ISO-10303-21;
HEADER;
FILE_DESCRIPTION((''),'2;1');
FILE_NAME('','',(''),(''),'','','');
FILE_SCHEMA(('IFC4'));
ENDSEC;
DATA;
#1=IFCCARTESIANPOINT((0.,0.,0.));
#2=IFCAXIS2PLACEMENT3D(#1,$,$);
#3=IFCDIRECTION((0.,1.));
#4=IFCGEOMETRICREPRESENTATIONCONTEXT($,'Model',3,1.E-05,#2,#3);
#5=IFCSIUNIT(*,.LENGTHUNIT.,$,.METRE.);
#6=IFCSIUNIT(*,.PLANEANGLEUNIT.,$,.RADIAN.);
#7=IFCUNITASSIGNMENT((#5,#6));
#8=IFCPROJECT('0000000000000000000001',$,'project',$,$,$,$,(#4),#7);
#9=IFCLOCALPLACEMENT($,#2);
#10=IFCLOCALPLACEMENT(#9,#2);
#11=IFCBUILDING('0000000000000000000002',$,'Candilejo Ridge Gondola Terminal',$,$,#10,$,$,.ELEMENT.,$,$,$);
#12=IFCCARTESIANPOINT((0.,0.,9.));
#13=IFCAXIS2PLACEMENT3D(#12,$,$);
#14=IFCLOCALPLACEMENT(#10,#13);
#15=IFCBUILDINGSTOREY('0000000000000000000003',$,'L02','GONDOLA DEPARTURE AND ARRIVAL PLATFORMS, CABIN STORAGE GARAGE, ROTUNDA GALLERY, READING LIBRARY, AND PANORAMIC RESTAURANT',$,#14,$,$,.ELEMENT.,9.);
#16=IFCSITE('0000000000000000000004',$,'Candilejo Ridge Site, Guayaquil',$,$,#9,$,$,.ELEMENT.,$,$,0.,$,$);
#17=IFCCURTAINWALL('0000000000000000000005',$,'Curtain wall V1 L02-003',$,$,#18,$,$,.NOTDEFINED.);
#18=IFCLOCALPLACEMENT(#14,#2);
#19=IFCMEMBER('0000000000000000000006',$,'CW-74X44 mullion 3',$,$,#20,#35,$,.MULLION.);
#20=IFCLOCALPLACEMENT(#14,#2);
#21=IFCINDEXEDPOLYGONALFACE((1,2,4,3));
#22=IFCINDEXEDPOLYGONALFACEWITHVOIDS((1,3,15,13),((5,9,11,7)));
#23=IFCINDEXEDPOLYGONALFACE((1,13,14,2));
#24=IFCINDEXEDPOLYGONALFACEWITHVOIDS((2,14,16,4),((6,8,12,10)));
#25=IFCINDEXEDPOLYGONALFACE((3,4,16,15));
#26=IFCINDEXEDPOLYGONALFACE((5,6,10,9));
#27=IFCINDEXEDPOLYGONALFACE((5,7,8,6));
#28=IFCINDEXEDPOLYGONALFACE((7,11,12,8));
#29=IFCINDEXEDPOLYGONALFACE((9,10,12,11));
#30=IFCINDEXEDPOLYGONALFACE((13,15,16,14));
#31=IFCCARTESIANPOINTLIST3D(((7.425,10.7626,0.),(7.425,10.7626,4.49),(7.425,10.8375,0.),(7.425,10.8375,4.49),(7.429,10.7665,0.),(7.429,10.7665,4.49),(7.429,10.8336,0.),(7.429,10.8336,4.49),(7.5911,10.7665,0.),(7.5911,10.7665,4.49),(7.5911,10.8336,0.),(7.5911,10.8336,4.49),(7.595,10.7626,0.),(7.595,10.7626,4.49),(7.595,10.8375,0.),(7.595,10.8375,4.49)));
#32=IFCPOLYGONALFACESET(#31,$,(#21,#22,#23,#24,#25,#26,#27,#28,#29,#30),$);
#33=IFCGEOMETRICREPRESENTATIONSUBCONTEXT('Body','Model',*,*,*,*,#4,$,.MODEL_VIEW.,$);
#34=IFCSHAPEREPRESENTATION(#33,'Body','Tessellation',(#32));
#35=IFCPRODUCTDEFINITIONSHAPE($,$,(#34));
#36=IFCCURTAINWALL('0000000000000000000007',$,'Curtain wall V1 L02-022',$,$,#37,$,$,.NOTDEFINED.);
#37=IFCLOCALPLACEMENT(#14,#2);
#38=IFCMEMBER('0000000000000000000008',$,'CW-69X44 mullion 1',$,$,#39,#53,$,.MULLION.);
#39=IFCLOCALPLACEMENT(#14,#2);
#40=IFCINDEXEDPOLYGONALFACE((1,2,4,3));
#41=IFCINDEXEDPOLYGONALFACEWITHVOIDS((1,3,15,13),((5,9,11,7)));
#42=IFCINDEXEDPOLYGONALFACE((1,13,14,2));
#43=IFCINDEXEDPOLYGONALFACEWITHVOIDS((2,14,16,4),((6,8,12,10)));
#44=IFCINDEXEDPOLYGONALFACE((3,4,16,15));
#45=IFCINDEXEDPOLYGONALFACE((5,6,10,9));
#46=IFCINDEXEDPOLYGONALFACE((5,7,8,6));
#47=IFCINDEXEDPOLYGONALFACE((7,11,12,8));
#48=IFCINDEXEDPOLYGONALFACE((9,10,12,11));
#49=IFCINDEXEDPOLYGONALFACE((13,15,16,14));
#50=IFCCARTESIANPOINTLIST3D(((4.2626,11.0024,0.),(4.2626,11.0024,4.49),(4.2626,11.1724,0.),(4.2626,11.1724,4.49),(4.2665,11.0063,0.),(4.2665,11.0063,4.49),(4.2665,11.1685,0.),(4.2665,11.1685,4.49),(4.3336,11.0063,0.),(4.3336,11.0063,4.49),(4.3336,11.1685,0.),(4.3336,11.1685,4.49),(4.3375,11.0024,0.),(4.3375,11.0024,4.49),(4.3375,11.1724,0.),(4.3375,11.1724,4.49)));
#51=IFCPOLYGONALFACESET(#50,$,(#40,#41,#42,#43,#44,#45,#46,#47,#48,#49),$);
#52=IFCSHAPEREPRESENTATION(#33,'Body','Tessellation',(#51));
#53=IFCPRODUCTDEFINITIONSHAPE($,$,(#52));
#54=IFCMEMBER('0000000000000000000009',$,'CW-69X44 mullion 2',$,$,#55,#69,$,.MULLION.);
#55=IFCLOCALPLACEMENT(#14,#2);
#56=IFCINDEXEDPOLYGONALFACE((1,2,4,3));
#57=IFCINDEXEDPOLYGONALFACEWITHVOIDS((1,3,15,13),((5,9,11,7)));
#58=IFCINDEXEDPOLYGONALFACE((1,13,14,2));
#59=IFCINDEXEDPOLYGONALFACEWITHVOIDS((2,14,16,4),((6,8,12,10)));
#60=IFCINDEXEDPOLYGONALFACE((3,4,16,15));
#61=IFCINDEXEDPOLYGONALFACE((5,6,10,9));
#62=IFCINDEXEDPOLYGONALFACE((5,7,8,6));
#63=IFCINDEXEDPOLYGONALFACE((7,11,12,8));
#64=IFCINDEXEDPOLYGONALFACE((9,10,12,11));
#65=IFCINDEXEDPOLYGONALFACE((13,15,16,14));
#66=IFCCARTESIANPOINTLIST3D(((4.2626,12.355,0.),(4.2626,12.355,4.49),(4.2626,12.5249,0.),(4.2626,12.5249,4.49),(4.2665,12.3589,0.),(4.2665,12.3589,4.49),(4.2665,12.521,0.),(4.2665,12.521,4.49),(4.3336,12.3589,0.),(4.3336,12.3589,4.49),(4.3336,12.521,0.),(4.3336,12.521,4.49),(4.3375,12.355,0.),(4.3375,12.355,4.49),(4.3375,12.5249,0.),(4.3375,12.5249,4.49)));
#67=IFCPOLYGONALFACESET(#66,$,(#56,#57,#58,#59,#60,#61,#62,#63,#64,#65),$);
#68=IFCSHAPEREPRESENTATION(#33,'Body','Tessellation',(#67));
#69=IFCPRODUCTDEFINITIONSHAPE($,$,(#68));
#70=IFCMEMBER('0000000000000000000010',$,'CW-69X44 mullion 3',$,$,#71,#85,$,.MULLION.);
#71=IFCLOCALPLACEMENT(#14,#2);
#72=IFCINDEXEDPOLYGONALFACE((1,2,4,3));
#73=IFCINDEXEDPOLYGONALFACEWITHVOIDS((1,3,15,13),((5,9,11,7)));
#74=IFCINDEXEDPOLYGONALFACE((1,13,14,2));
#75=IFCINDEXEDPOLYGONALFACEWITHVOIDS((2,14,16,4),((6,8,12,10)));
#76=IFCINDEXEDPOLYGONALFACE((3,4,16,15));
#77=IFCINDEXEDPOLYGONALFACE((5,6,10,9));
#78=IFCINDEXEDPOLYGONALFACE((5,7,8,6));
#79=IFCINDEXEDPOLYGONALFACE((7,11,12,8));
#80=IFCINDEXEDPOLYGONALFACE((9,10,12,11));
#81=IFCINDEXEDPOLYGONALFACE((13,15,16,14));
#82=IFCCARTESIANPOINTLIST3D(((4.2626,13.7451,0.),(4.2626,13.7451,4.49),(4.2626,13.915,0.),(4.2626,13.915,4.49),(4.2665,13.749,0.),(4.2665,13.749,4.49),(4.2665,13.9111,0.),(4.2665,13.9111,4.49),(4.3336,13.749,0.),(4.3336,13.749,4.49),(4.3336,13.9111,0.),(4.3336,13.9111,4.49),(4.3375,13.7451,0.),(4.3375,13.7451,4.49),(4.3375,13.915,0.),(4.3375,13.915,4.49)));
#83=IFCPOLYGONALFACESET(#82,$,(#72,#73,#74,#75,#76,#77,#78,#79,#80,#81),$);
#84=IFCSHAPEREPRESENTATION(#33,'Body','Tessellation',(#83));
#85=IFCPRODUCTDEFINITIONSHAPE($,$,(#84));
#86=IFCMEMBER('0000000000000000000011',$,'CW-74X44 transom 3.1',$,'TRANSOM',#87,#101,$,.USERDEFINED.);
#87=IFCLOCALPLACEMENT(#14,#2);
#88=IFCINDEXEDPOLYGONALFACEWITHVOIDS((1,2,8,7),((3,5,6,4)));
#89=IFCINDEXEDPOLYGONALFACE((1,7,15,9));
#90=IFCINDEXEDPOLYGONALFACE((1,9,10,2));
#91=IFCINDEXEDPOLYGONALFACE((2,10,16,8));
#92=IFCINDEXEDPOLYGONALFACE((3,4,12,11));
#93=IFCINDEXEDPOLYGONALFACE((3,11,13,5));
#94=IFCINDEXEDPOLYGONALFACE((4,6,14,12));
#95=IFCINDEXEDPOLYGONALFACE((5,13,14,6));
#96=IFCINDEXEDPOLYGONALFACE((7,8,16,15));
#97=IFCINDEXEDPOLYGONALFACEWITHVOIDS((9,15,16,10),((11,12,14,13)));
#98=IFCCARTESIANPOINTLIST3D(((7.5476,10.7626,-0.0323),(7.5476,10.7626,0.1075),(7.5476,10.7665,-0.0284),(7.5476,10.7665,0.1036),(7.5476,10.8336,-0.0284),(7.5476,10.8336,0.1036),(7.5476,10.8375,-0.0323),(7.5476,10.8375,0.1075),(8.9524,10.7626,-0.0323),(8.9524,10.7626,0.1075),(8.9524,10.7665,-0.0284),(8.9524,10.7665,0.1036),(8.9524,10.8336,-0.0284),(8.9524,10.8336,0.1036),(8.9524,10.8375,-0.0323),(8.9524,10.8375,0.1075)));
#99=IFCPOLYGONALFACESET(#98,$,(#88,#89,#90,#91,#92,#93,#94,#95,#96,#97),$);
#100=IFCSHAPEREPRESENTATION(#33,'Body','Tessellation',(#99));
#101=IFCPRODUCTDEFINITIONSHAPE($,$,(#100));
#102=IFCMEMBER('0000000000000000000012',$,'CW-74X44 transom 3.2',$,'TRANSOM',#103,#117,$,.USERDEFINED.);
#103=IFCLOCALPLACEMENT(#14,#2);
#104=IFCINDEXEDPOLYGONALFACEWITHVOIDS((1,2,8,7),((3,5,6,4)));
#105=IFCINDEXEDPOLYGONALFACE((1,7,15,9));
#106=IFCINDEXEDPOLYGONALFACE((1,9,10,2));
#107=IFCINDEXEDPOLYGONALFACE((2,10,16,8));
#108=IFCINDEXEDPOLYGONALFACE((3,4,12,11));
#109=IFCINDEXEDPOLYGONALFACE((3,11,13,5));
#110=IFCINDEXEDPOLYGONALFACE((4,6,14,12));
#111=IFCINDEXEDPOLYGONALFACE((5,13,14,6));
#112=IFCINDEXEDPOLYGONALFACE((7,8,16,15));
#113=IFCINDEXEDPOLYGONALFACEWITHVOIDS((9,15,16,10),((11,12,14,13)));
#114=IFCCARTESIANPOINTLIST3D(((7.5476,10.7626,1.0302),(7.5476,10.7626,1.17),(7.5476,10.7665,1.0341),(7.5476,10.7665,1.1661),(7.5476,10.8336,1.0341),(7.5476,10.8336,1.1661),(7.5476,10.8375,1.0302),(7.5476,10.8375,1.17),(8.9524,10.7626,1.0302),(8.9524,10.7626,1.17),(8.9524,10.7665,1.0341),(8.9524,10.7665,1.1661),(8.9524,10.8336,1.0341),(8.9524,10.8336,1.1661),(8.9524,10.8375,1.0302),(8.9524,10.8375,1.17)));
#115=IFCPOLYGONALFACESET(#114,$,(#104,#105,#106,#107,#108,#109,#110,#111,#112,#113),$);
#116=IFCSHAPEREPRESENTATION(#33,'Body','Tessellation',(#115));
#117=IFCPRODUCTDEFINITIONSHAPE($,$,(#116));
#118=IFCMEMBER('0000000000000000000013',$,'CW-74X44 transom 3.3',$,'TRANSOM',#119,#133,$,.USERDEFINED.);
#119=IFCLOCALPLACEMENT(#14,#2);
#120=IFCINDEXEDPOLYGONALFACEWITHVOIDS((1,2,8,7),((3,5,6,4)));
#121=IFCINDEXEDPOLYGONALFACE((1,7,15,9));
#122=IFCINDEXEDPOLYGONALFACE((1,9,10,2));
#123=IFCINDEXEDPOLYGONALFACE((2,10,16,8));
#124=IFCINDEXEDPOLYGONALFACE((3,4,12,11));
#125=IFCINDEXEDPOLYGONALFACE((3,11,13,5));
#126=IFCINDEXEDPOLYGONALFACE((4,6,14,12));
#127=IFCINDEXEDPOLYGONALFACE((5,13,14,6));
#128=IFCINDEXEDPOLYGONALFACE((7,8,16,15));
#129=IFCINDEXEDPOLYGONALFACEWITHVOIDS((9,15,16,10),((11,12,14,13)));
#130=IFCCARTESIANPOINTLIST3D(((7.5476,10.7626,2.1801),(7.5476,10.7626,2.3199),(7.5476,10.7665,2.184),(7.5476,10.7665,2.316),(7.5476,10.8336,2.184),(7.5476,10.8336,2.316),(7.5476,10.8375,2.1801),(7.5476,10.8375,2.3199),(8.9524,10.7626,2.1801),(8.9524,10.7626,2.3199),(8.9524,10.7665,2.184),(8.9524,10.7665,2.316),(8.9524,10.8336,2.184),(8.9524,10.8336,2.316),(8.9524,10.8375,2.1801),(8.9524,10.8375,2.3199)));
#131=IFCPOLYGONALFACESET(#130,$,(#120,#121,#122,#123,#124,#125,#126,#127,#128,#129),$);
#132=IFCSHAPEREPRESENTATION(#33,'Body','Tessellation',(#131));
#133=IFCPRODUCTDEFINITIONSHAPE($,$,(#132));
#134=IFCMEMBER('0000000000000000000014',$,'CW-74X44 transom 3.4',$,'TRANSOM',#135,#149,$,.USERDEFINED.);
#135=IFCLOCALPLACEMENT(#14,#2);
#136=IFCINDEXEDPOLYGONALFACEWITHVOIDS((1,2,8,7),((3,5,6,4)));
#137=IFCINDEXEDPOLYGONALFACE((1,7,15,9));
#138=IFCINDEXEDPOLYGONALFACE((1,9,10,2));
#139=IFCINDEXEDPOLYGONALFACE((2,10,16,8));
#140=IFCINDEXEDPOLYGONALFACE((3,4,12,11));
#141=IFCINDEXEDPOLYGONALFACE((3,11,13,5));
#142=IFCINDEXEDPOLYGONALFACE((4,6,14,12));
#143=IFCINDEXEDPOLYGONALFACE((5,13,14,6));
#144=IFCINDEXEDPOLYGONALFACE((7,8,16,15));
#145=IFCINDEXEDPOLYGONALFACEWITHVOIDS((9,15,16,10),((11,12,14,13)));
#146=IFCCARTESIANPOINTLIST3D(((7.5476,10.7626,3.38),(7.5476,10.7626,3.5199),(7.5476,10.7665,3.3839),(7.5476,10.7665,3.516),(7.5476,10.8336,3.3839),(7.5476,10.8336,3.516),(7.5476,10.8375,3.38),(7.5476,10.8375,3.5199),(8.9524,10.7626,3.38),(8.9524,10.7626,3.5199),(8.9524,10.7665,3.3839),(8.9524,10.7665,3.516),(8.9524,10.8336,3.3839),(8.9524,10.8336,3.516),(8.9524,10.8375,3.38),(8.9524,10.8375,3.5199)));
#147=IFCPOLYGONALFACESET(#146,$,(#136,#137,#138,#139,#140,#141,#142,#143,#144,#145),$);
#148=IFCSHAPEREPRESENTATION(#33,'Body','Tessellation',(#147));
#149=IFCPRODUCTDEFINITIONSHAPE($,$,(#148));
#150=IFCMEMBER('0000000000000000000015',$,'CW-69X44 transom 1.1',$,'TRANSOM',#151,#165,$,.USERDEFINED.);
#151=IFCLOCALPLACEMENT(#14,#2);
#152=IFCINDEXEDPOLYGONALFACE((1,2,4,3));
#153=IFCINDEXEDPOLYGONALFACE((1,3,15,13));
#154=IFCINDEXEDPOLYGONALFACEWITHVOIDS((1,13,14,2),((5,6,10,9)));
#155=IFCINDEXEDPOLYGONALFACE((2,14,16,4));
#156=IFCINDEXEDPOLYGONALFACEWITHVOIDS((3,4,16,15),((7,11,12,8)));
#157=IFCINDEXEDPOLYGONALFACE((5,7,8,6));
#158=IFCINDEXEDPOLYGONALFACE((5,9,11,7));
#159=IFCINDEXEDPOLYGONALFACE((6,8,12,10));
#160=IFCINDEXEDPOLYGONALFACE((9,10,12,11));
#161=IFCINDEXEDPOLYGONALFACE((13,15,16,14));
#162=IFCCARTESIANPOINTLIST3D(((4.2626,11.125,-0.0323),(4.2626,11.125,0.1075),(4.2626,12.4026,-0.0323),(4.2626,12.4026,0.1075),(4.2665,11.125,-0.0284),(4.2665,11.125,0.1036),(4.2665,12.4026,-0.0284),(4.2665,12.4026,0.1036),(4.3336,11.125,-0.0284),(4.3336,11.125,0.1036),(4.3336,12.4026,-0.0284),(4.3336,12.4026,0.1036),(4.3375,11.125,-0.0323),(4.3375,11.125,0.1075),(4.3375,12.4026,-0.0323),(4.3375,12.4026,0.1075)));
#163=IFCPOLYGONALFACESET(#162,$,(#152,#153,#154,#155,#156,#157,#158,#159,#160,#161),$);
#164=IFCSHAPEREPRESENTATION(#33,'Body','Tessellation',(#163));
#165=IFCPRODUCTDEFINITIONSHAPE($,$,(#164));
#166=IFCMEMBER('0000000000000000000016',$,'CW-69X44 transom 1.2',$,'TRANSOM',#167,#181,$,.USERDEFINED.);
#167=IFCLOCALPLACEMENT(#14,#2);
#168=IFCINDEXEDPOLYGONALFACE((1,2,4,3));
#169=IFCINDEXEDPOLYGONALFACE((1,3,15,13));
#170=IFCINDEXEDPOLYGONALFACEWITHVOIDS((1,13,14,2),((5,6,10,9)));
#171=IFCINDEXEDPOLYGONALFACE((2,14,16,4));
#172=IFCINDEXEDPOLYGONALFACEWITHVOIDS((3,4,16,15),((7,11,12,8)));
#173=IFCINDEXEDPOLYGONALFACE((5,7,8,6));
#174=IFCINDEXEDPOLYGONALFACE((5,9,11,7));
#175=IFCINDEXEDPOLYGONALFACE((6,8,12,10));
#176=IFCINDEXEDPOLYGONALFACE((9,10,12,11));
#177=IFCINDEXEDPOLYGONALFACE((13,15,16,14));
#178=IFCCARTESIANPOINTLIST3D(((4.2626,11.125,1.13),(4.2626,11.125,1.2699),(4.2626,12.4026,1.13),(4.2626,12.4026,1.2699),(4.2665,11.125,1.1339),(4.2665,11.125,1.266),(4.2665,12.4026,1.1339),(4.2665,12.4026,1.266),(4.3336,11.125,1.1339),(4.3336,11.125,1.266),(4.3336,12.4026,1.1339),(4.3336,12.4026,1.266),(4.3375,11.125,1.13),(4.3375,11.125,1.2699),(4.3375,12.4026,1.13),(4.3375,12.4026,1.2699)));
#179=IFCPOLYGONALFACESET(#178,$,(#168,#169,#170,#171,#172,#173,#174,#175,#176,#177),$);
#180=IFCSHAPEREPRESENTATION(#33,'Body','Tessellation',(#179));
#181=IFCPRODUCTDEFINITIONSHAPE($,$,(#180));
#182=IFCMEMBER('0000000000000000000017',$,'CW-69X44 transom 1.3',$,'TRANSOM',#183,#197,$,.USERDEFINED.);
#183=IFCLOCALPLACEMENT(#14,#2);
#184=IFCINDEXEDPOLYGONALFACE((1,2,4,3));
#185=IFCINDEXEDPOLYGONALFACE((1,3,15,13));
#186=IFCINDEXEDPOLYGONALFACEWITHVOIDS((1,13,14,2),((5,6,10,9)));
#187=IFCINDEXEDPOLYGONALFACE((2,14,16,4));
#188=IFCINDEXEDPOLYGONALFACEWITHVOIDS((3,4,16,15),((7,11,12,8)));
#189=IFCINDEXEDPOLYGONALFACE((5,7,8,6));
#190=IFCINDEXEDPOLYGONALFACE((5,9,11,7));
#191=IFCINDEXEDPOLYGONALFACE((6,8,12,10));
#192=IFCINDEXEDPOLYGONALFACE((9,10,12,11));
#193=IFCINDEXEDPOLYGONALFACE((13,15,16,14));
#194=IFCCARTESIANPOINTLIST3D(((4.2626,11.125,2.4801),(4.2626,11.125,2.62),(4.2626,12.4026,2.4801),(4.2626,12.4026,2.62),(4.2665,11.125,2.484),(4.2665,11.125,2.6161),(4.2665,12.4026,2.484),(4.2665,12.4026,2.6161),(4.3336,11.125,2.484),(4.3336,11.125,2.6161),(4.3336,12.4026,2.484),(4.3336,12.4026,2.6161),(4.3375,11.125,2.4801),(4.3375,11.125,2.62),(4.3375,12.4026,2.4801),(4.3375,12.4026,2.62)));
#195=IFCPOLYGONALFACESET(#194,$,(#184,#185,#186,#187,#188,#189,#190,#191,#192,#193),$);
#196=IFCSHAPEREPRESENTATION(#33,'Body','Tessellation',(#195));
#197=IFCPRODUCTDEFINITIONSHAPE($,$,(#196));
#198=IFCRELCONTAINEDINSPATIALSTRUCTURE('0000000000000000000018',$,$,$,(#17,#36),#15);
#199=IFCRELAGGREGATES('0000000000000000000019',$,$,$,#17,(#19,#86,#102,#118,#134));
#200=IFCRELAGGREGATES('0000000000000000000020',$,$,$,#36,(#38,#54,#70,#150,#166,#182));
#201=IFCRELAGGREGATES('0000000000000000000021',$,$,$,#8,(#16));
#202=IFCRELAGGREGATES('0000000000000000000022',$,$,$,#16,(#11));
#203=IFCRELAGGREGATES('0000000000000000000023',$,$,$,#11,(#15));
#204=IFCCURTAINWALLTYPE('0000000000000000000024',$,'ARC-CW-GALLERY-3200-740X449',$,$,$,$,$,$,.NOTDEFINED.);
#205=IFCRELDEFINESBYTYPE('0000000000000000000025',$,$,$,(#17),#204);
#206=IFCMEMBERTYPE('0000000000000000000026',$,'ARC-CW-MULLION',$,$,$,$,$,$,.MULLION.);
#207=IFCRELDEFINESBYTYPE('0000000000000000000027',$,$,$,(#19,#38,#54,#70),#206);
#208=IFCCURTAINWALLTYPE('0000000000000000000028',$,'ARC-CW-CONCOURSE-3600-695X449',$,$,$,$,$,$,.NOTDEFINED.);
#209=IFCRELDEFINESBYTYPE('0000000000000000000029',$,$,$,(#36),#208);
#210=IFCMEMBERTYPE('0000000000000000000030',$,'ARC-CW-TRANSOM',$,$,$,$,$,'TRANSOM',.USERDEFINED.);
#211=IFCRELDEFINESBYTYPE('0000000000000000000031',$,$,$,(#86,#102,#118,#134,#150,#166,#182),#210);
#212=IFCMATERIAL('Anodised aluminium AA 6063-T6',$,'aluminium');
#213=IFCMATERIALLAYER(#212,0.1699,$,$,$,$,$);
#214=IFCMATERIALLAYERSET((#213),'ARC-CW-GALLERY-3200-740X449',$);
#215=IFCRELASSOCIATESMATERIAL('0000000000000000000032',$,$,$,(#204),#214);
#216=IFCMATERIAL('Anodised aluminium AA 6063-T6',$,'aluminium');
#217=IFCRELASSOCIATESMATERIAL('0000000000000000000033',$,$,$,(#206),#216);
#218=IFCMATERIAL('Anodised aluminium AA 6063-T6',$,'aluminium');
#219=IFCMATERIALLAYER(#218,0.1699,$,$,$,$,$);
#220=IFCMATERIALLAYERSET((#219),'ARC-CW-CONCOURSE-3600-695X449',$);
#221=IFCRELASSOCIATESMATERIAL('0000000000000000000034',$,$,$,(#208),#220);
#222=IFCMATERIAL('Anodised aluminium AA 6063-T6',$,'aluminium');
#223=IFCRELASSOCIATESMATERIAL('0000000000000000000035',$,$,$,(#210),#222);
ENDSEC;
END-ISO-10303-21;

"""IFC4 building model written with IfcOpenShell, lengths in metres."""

from ifc_helpers import new_model, si_unit, direction, frame, origin, origin_2d, place, context, subcontext, project, spatial, hollow_rectangle, extrude, material, layer, layer_set, material_profile, profile_set, type_object, element, aggregate, save


model = new_model("IFC4")

# Units and contexts
model_context = context("Model", 3, precision=1e-05, world=origin(), true_north=direction((0.0, 1.0)))
body_context = subcontext(model_context, "Body", "Model", "MODEL_VIEW")
ifc_project = project(units=[si_unit("LENGTHUNIT", "METRE"), si_unit("PLANEANGLEUNIT", "RADIAN")], contexts=[model_context])

# Site, building, storey
site_placement = place(None, origin())
site = spatial("IfcSite", under=ifc_project, at=site_placement, Name="Candilejo Ridge Site, Guayaquil", CompositionType="ELEMENT", RefElevation=0.0)
building_placement = place(site_placement, origin())
building = spatial("IfcBuilding", under=site, at=building_placement, Name="Candilejo Ridge Gondola Terminal", CompositionType="ELEMENT")
storey_placement = place(building_placement, frame((0.0, 0.0, 9.0)))
storey = spatial("IfcBuildingStorey", under=building, at=storey_placement, Name="L02", Description="GONDOLA DEPARTURE AND ARRIVAL PLATFORMS, CABIN STORAGE GARAGE, ROTUNDA GALLERY, READING LIBRARY, AND PANORAMIC RESTAURANT", CompositionType="ELEMENT", Elevation=9.0)

# Curtain wall, member
ifc_material_1 = material(Name="Anodised aluminium AA 6063-T6", Category="aluminium")
ifc_layer_1 = layer(ifc_material_1, 0.1699)
ifc_layer_set_1 = layer_set([ifc_layer_1], Name="ARC-CW-GALLERY-3200-740X449")
curtain_wall_type_1 = type_object("IfcCurtainWallType", Name="ARC-CW-GALLERY-3200-740X449", PredefinedType="NOTDEFINED", material=ifc_layer_set_1)
curtain_wall_1_placement = place(storey_placement, origin())
curtain_wall_1 = element("IfcCurtainWall", 1, at=curtain_wall_1_placement, inside=storey, type_object=curtain_wall_type_1, Name="Curtain wall V1 L02-003", PredefinedType="NOTDEFINED")
ifc_material_2 = material(Name="Anodised aluminium AA 6063-T6", Category="aluminium")
ifc_material_profile_1 = material_profile(ifc_material_2, hollow_rectangle(XDim=0.075, YDim=0.1699, WallThickness=0.0039, at=origin_2d()))
ifc_profile_set_1 = profile_set([ifc_material_profile_1], Name="Anodised aluminium AA 6063-T6")
member_type_1 = type_object("IfcMemberType", Name="ARC-CW-MULLION", PredefinedType="MULLION", material=ifc_profile_set_1)
member_1_placement = place(storey_placement, frame((7.51, 10.8, 0.0), z_axis=(0.0, 0.0, 1.0), x_axis=(0.0, 1.0, 0.0)))
member_1 = element("IfcMember", 2, at=member_1_placement, type_object=member_type_1, Name="CW-74X44 mullion 3", PredefinedType="MULLION", context=body_context, shape_type="SweptSolid", body=[
    extrude(hollow_rectangle(XDim=0.075, YDim=0.1699, WallThickness=0.0039, at=origin_2d()), origin(), (0.0, 0.0, 1.0), 4.49),
])

# Curtain wall, members
ifc_material_3 = material(Name="Anodised aluminium AA 6063-T6", Category="aluminium")
ifc_layer_2 = layer(ifc_material_3, 0.1699)
ifc_layer_set_2 = layer_set([ifc_layer_2], Name="ARC-CW-CONCOURSE-3600-695X449")
curtain_wall_type_2 = type_object("IfcCurtainWallType", Name="ARC-CW-CONCOURSE-3600-695X449", PredefinedType="NOTDEFINED", material=ifc_layer_set_2)
curtain_wall_2_placement = place(storey_placement, origin())
curtain_wall_2 = element("IfcCurtainWall", 3, at=curtain_wall_2_placement, inside=storey, type_object=curtain_wall_type_2, Name="Curtain wall V1 L02-022", PredefinedType="NOTDEFINED")
member_2_placement = place(storey_placement, frame((4.3, 11.0874, 0.0), z_axis=(0.0, 0.0, 1.0), x_axis=(-1.0, 0.0, 0.0)))
member_2 = element("IfcMember", 4, at=member_2_placement, type_object=member_type_1, Name="CW-69X44 mullion 1", PredefinedType="MULLION", context=body_context, shape_type="SweptSolid", body=[
    extrude(hollow_rectangle(XDim=0.075, YDim=0.1699, WallThickness=0.0039, at=origin_2d()), origin(), (0.0, 0.0, 1.0), 4.49),
])
member_3_placement = place(storey_placement, frame((4.3, 12.4399, 0.0), z_axis=(0.0, 0.0, 1.0), x_axis=(-1.0, 0.0, 0.0)))
member_3 = element("IfcMember", 5, at=member_3_placement, type_object=member_type_1, Name="CW-69X44 mullion 2", PredefinedType="MULLION", context=body_context, shape_type="SweptSolid", body=[
    extrude(hollow_rectangle(XDim=0.075, YDim=0.1699, WallThickness=0.0039, at=origin_2d()), origin(), (0.0, 0.0, 1.0), 4.49),
])
member_4_placement = place(storey_placement, frame((4.3, 13.8301, 0.0), z_axis=(0.0, 0.0, 1.0), x_axis=(-1.0, 0.0, 0.0)))
member_4 = element("IfcMember", 6, at=member_4_placement, type_object=member_type_1, Name="CW-69X44 mullion 3", PredefinedType="MULLION", context=body_context, shape_type="SweptSolid", body=[
    extrude(hollow_rectangle(XDim=0.075, YDim=0.1699, WallThickness=0.0039, at=origin_2d()), origin(), (0.0, 0.0, 1.0), 4.49),
])

# Members
ifc_material_4 = material(Name="Anodised aluminium AA 6063-T6", Category="aluminium")
ifc_material_profile_2 = material_profile(ifc_material_4, hollow_rectangle(XDim=0.075, YDim=0.1399, WallThickness=0.0039, at=origin_2d()))
ifc_profile_set_2 = profile_set([ifc_material_profile_2], Name="Anodised aluminium AA 6063-T6")
member_type_2 = type_object("IfcMemberType", Name="ARC-CW-TRANSOM", ElementType="TRANSOM", PredefinedType="USERDEFINED", material=ifc_profile_set_2)
member_5_placement = place(storey_placement, frame((7.5476, 10.8, 0.0376), z_axis=(1.0, 0.0, 0.0), x_axis=(0.0, 1.0, 0.0)))
member_5 = element("IfcMember", 7, at=member_5_placement, type_object=member_type_2, Name="CW-74X44 transom 3.1", ObjectType="TRANSOM", PredefinedType="USERDEFINED", context=body_context, shape_type="SweptSolid", body=[
    extrude(hollow_rectangle(XDim=0.075, YDim=0.1399, WallThickness=0.0039, at=origin_2d()), origin(), (0.0, 0.0, 1.0), 1.4048),
])
member_6_placement = place(storey_placement, frame((7.5476, 10.8, 1.1001), z_axis=(1.0, 0.0, 0.0), x_axis=(0.0, 1.0, 0.0)))
member_6 = element("IfcMember", 8, at=member_6_placement, type_object=member_type_2, Name="CW-74X44 transom 3.2", ObjectType="TRANSOM", PredefinedType="USERDEFINED", context=body_context, shape_type="SweptSolid", body=[
    extrude(hollow_rectangle(XDim=0.075, YDim=0.1399, WallThickness=0.0039, at=origin_2d()), origin(), (0.0, 0.0, 1.0), 1.4048),
])
member_7_placement = place(storey_placement, frame((7.5476, 10.8, 2.25), z_axis=(1.0, 0.0, 0.0), x_axis=(0.0, 1.0, 0.0)))
member_7 = element("IfcMember", 9, at=member_7_placement, type_object=member_type_2, Name="CW-74X44 transom 3.3", ObjectType="TRANSOM", PredefinedType="USERDEFINED", context=body_context, shape_type="SweptSolid", body=[
    extrude(hollow_rectangle(XDim=0.075, YDim=0.1399, WallThickness=0.0039, at=origin_2d()), origin(), (0.0, 0.0, 1.0), 1.4048),
])
member_8_placement = place(storey_placement, frame((7.5476, 10.8, 3.45), z_axis=(1.0, 0.0, 0.0), x_axis=(0.0, 1.0, 0.0)))
member_8 = element("IfcMember", 10, at=member_8_placement, type_object=member_type_2, Name="CW-74X44 transom 3.4", ObjectType="TRANSOM", PredefinedType="USERDEFINED", context=body_context, shape_type="SweptSolid", body=[
    extrude(hollow_rectangle(XDim=0.075, YDim=0.1399, WallThickness=0.0039, at=origin_2d()), origin(), (0.0, 0.0, 1.0), 1.4048),
])
aggregate(curtain_wall_1, [member_1, member_5, member_6, member_7, member_8])
member_9_placement = place(storey_placement, frame((4.3, 11.125, 0.0376), z_axis=(0.0, 1.0, 0.0), x_axis=(-1.0, 0.0, 0.0)))
member_9 = element("IfcMember", 11, at=member_9_placement, type_object=member_type_2, Name="CW-69X44 transom 1.1", ObjectType="TRANSOM", PredefinedType="USERDEFINED", context=body_context, shape_type="SweptSolid", body=[
    extrude(hollow_rectangle(XDim=0.075, YDim=0.1399, WallThickness=0.0039, at=origin_2d()), origin(), (0.0, 0.0, 1.0), 1.2776),
])
member_10_placement = place(storey_placement, frame((4.3, 11.125, 1.2), z_axis=(0.0, 1.0, 0.0), x_axis=(-1.0, 0.0, 0.0)))
member_10 = element("IfcMember", 12, at=member_10_placement, type_object=member_type_2, Name="CW-69X44 transom 1.2", ObjectType="TRANSOM", PredefinedType="USERDEFINED", context=body_context, shape_type="SweptSolid", body=[
    extrude(hollow_rectangle(XDim=0.075, YDim=0.1399, WallThickness=0.0039, at=origin_2d()), origin(), (0.0, 0.0, 1.0), 1.2776),
])
member_11_placement = place(storey_placement, frame((4.3, 11.125, 2.55), z_axis=(0.0, 1.0, 0.0), x_axis=(-1.0, 0.0, 0.0)))
member_11 = element("IfcMember", 13, at=member_11_placement, type_object=member_type_2, Name="CW-69X44 transom 1.3", ObjectType="TRANSOM", PredefinedType="USERDEFINED", context=body_context, shape_type="SweptSolid", body=[
    extrude(hollow_rectangle(XDim=0.075, YDim=0.1399, WallThickness=0.0039, at=origin_2d()), origin(), (0.0, 0.0, 1.0), 1.2776),
])

aggregate(curtain_wall_2, [member_2, member_3, member_4, member_9, member_10, member_11])

save(model, "model.ifc")
